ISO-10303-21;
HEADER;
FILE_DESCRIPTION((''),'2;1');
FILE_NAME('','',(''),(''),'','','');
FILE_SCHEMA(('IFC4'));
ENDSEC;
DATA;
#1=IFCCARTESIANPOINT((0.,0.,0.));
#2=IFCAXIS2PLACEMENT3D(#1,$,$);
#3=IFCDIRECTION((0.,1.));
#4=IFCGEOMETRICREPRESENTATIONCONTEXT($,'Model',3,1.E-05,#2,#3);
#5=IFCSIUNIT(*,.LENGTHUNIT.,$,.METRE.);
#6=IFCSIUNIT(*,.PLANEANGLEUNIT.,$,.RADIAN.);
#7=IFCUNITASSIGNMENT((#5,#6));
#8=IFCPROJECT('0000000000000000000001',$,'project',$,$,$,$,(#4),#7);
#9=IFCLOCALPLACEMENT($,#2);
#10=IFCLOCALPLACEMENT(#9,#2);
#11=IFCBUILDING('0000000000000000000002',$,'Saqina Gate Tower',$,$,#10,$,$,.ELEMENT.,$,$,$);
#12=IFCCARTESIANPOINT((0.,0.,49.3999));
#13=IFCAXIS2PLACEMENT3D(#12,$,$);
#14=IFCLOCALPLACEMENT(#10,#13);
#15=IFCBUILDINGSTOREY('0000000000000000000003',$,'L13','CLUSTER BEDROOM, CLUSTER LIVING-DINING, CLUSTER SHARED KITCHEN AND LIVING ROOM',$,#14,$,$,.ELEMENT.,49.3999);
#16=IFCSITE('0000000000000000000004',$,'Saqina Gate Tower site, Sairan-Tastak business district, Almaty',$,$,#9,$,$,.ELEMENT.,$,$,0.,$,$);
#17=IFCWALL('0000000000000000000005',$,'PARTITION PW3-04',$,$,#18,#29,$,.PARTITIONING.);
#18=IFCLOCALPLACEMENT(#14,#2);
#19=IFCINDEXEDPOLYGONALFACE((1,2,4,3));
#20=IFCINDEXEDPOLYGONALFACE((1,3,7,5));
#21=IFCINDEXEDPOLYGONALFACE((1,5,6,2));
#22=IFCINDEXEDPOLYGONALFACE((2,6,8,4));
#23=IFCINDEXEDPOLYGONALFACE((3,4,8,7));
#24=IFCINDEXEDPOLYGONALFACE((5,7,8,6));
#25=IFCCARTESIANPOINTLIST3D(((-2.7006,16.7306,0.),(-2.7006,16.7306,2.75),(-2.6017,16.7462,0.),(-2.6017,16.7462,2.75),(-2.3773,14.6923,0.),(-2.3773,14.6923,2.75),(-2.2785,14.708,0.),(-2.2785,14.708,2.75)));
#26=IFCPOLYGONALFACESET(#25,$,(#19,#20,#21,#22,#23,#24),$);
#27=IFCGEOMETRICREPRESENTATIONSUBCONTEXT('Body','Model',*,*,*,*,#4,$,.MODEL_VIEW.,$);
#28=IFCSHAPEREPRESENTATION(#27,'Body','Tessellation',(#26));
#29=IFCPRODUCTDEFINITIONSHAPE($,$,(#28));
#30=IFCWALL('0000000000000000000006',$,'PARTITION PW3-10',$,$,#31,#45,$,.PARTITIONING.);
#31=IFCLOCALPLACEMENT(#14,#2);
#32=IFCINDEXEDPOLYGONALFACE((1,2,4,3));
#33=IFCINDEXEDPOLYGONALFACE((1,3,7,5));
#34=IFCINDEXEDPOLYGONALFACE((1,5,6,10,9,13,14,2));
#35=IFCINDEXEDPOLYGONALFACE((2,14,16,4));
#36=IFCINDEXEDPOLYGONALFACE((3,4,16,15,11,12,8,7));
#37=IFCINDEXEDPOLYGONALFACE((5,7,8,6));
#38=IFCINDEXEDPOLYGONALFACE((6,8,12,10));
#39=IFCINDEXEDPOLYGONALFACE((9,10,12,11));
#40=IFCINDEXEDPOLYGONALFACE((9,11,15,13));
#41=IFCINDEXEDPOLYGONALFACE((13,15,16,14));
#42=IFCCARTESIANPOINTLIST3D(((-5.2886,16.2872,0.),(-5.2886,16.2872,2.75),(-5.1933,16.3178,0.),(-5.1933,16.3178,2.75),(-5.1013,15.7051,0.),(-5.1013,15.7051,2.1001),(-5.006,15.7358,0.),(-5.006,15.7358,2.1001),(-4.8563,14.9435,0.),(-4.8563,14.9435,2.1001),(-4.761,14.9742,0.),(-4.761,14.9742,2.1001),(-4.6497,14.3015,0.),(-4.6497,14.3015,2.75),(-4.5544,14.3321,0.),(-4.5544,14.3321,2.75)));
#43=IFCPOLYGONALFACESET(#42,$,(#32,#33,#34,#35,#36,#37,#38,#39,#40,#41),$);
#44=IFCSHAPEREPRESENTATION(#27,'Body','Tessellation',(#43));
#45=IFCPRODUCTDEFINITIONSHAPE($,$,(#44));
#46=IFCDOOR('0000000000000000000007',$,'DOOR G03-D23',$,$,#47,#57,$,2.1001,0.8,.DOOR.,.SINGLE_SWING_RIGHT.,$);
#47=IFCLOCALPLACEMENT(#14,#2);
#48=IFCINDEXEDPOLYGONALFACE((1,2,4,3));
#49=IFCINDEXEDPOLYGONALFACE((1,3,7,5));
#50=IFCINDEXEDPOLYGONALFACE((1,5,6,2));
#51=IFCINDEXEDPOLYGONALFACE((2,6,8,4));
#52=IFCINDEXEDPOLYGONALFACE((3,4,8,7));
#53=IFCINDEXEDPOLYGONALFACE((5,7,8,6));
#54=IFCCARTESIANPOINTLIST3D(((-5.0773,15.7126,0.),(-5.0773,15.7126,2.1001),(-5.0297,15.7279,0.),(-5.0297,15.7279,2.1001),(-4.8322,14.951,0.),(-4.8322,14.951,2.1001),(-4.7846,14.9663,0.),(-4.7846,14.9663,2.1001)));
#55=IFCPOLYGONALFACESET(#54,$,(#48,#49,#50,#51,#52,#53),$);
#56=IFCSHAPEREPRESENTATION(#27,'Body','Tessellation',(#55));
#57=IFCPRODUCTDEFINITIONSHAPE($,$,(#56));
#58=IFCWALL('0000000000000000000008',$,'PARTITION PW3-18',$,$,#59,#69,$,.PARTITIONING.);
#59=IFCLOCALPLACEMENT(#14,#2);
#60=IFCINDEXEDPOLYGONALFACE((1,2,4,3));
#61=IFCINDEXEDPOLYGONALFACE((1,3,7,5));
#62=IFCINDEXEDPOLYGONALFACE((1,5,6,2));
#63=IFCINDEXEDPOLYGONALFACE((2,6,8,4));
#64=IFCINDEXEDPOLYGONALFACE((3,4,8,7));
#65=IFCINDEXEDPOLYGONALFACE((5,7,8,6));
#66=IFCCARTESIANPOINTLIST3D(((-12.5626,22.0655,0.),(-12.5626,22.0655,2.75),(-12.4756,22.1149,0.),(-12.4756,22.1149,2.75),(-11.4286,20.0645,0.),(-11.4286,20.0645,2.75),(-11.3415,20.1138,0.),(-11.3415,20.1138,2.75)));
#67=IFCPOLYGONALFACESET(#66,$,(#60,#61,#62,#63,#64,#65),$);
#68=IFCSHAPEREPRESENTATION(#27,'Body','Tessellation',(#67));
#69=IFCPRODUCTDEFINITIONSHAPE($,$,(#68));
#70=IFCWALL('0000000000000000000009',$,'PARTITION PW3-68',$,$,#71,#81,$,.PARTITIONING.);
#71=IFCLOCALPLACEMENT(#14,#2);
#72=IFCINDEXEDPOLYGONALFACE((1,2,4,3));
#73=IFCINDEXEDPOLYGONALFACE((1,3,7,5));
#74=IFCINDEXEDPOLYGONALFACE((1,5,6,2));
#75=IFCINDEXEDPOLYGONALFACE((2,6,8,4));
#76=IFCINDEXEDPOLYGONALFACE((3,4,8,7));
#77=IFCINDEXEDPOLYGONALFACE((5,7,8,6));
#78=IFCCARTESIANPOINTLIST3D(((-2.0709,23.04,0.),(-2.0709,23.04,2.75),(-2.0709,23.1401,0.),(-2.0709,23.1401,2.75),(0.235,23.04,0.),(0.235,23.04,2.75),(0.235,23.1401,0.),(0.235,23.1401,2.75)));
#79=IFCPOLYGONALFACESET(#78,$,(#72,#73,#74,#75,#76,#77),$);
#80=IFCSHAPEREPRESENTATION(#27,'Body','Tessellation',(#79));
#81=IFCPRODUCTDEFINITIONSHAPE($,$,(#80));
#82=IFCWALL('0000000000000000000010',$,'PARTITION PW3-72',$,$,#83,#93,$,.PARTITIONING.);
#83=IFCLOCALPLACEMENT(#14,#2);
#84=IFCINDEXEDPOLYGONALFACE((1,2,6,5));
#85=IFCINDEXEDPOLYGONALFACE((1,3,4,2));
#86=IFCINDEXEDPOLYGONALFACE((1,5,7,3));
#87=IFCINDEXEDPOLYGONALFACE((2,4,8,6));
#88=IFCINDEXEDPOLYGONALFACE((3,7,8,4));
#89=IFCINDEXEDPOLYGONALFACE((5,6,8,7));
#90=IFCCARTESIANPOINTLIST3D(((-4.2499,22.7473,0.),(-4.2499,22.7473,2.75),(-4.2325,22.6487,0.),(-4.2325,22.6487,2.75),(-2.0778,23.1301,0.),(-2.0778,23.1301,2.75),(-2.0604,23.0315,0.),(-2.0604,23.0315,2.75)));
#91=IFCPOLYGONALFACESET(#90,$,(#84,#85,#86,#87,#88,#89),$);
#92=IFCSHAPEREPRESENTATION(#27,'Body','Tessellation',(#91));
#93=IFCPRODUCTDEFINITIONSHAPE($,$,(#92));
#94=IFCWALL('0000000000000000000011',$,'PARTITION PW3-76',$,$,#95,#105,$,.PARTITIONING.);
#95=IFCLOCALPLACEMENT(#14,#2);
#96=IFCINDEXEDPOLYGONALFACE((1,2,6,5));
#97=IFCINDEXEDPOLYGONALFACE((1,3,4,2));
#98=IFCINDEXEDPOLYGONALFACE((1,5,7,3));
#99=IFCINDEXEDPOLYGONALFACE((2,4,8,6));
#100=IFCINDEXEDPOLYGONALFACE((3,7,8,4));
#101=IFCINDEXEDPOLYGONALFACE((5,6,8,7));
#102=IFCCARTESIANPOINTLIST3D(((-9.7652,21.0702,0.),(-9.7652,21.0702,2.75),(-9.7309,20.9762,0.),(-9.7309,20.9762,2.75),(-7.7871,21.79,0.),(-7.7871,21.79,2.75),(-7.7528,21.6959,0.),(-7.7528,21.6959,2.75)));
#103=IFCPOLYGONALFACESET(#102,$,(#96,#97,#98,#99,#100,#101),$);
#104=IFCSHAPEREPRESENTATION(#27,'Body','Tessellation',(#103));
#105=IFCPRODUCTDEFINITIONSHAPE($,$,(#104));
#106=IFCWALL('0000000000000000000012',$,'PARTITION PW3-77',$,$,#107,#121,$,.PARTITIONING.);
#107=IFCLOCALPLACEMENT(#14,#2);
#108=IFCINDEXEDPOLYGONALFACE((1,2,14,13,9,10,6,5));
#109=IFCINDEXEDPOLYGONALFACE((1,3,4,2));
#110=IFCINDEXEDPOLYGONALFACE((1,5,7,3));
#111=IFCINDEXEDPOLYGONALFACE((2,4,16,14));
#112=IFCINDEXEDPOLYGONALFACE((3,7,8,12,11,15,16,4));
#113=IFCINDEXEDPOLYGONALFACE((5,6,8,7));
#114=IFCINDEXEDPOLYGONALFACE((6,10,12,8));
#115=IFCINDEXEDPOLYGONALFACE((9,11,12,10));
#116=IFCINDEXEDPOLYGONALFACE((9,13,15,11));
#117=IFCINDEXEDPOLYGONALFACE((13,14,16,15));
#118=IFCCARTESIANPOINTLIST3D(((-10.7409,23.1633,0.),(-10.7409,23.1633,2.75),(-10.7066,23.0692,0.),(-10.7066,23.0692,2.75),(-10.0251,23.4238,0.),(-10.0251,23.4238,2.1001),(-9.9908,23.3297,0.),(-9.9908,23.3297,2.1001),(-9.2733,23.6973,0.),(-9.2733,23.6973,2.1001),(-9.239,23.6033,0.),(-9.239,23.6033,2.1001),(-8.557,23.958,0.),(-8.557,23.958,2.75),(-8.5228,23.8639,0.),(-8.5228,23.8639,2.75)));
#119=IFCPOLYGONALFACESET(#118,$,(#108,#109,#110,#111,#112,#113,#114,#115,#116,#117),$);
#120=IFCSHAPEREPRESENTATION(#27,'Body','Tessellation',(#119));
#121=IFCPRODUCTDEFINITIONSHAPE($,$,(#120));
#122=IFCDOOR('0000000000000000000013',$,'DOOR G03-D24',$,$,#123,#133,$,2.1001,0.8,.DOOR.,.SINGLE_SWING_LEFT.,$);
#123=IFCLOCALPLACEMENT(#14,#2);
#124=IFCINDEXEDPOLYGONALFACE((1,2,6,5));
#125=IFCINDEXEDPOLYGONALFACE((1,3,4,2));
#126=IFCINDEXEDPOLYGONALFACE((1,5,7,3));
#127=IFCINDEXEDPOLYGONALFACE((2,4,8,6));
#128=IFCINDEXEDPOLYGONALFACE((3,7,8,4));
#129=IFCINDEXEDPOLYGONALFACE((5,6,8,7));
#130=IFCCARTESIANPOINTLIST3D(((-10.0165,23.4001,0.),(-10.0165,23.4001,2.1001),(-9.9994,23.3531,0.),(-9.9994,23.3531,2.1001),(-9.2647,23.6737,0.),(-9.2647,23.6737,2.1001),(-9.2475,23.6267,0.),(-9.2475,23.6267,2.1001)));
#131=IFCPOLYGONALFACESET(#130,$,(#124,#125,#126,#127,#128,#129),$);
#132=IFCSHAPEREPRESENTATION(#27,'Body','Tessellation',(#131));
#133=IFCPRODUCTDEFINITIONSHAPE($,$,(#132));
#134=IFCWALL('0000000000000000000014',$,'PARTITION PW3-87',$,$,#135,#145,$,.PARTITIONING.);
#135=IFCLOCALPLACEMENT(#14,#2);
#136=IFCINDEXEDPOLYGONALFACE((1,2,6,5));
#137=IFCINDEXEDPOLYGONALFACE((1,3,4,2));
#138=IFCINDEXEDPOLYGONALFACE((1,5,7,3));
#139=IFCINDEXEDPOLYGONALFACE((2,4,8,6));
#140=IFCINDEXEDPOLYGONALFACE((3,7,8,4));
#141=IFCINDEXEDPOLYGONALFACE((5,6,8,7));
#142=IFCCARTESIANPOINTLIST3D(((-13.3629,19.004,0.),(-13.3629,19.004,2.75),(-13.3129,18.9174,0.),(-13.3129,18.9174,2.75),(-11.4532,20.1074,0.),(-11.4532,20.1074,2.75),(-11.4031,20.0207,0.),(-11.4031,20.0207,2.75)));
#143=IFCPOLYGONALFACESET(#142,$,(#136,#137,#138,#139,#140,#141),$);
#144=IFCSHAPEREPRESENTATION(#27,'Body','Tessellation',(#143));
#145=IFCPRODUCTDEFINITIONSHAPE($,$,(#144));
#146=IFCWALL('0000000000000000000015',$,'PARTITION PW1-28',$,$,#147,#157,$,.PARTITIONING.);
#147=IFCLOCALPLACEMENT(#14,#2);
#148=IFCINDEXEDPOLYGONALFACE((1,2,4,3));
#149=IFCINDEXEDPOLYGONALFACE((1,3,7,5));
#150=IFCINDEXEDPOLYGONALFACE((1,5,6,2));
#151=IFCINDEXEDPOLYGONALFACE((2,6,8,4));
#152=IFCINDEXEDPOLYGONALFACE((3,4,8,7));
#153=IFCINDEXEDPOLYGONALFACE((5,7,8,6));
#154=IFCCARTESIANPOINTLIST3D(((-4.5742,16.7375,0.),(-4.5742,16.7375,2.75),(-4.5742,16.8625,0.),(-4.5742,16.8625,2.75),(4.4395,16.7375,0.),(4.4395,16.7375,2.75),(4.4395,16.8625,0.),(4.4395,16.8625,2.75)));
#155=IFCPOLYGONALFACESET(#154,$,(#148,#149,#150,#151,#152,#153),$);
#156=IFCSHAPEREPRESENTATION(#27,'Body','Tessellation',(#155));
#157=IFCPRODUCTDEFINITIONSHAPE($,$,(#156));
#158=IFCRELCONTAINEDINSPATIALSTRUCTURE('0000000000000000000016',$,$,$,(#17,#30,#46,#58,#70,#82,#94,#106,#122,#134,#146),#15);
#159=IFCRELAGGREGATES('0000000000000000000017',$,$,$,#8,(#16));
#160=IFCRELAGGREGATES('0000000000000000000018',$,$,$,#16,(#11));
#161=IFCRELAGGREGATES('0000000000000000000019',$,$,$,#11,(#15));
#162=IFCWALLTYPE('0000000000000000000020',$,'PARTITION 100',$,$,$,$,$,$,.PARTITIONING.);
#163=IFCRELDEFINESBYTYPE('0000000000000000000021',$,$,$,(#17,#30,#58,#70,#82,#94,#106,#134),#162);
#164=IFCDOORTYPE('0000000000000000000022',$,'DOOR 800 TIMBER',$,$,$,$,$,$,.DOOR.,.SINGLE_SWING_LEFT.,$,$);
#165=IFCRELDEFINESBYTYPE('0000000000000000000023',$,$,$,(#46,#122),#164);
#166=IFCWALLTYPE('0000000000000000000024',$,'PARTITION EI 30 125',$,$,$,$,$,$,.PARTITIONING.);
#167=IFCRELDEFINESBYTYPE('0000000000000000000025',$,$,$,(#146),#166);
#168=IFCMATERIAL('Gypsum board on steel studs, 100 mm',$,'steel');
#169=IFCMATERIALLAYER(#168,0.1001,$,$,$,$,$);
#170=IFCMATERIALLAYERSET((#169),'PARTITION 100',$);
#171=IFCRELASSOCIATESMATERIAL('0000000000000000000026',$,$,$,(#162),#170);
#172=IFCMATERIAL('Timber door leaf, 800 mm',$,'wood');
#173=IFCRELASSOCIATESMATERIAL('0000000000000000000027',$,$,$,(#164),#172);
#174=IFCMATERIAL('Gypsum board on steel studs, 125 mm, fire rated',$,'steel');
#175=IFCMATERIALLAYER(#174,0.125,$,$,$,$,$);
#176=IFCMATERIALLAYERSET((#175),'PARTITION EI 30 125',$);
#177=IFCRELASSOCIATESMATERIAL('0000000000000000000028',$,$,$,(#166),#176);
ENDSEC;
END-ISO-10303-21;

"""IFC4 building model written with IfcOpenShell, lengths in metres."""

from ifc_helpers import new_model, si_unit, direction, frame, frame_2d, origin, place, context, subcontext, project, spatial, rectangle, extrude, material, layer, layer_set, type_object, element, fill, save


model = new_model("IFC4")

# Units and contexts
model_context = context("Model", 3, precision=1e-05, world=origin(), true_north=direction((0.0, 1.0)))
body_context = subcontext(model_context, "Body", "Model", "MODEL_VIEW")
ifc_project = project(units=[si_unit("LENGTHUNIT", "METRE"), si_unit("PLANEANGLEUNIT", "RADIAN")], contexts=[model_context])

# Site, building, storey
site_placement = place(None, origin())
site = spatial("IfcSite", under=ifc_project, at=site_placement, Name="Saqina Gate Tower site, Sairan-Tastak business district, Almaty", CompositionType="ELEMENT", RefElevation=0.0)
building_placement = place(site_placement, origin())
building = spatial("IfcBuilding", under=site, at=building_placement, Name="Saqina Gate Tower", CompositionType="ELEMENT")
storey_placement = place(building_placement, frame((0.0, 0.0, 49.3999)))
storey = spatial("IfcBuildingStorey", under=building, at=storey_placement, Name="L13", Description="CLUSTER BEDROOM, CLUSTER LIVING-DINING, CLUSTER SHARED KITCHEN AND LIVING ROOM", CompositionType="ELEMENT", Elevation=49.3999)

# Wall
ifc_material_1 = material(Name="Gypsum board on steel studs, 100 mm", Category="steel")
ifc_layer_1 = layer(ifc_material_1, 0.1001)
ifc_layer_set_1 = layer_set([ifc_layer_1], Name="PARTITION 100")
wall_type_1 = type_object("IfcWallType", Name="PARTITION 100", PredefinedType="PARTITIONING", material=ifc_layer_set_1)
wall_1_placement = place(storey_placement, frame((-2.6511, 16.7383, 0.0), z_axis=(0.0, 0.0, 1.0), x_axis=(0.156625, -0.987658, 0.0)))
element("IfcWall", 1, at=wall_1_placement, inside=storey, type_object=wall_type_1, Name="PARTITION PW3-04", PredefinedType="PARTITIONING", context=body_context, shape_type="SweptSolid", body=[
    extrude(rectangle(XDim=2.0637, YDim=0.1001, at=frame_2d((1.0317, 0.0))), origin(), (0.0, 0.0, 1.0), 2.75),
])

# Wall, opening, door
wall_2_placement = place(storey_placement, frame((-5.241, 16.3025, 0.0), z_axis=(0.0, 0.0, 1.0), x_axis=(0.306308, -0.951932, 0.0)))
wall_2 = element("IfcWall", 2, at=wall_2_placement, inside=storey, type_object=wall_type_1, Name="PARTITION PW3-10", PredefinedType="PARTITIONING", context=body_context, shape_type="SweptSolid", body=[
    extrude(rectangle(XDim=2.0859, YDim=0.1001, at=frame_2d((1.043, 0.0))), origin(), (0.0, 0.0, 1.0), 2.75),
])
opening_1_placement = place(wall_2_placement, frame((0.6116, 0.0, 0.0)))
opening_1 = element("IfcOpeningElement", 3, at=opening_1_placement, cuts=wall_2, PredefinedType="OPENING", context=body_context, shape_type="SweptSolid", body=[
    extrude(rectangle(XDim=0.8, YDim=2.1001, at=frame_2d((0.3999, 1.05))), frame((0.0, 0.062, 0.0), z_axis=(0.0, -1.0, 0.0), x_axis=(1.0, 0.0, 0.0)), (0.0, 0.0, 1.0), 0.124),
])
ifc_material_2 = material(Name="Timber door leaf, 800 mm", Category="wood")
door_type_1 = type_object("IfcDoorType", Name="DOOR 800 TIMBER", OperationType="SINGLE_SWING_LEFT", PredefinedType="DOOR", material=ifc_material_2)
door_1_placement = place(opening_1_placement, frame((0.8, 0.0, 0.0), z_axis=(0.0, 0.0, 1.0), x_axis=(-1.0, 0.0, 0.0)))
door_1 = element("IfcDoor", 4, at=door_1_placement, inside=storey, type_object=door_type_1, Name="DOOR G03-D23", OperationType="SINGLE_SWING_RIGHT", OverallHeight=2.1001, OverallWidth=0.8, PredefinedType="DOOR", context=body_context, shape_type="SweptSolid", body=[
    extrude(rectangle(XDim=0.8, YDim=2.1001, at=frame_2d((0.3999, 1.05))), frame((0.0, 0.0249, 0.0), z_axis=(0.0, -1.0, 0.0), x_axis=(1.0, 0.0, 0.0)), (0.0, 0.0, 1.0), 0.05),
])
fill(opening_1, door_1)

# Walls
wall_3_placement = place(storey_placement, frame((-12.519, 22.0901, 0.0), z_axis=(0.0, 0.0, 1.0), x_axis=(0.493061, -0.869995, 0.0)))
element("IfcWall", 5, at=wall_3_placement, inside=storey, type_object=wall_type_1, Name="PARTITION PW3-18", PredefinedType="PARTITIONING", context=body_context, shape_type="SweptSolid", body=[
    extrude(rectangle(XDim=2.3, YDim=0.1001, at=frame_2d((1.1499, 0.0))), origin(), (0.0, 0.0, 1.0), 2.75),
])
wall_4_placement = place(storey_placement, frame((-2.0708, 23.0901, 0.0), z_axis=(0.0, 0.0, 1.0), x_axis=(1.0, 0.0, 0.0)))
element("IfcWall", 6, at=wall_4_placement, inside=storey, type_object=wall_type_1, Name="PARTITION PW3-68", PredefinedType="PARTITIONING", context=body_context, shape_type="SweptSolid", body=[
    extrude(rectangle(XDim=2.3059, YDim=0.1001, at=frame_2d((1.1528, 0.0))), origin(), (0.0, 0.0, 1.0), 2.75),
])
wall_5_placement = place(storey_placement, frame((-4.2412, 22.698, 0.0), z_axis=(0.0, 0.0, 1.0), x_axis=(0.984823, 0.173564, 0.0)))
element("IfcWall", 7, at=wall_5_placement, inside=storey, type_object=wall_type_1, Name="PARTITION PW3-72", PredefinedType="PARTITIONING", context=body_context, shape_type="SweptSolid", body=[
    extrude(rectangle(XDim=2.2056, YDim=0.1001, at=frame_2d((1.1028, 0.0))), origin(), (0.0, 0.0, 1.0), 2.75),
])
wall_6_placement = place(storey_placement, frame((-9.748, 21.0232, 0.0), z_axis=(0.0, 0.0, 1.0), x_axis=(0.939726, 0.341929, 0.0)))
element("IfcWall", 8, at=wall_6_placement, inside=storey, type_object=wall_type_1, Name="PARTITION PW3-76", PredefinedType="PARTITIONING", context=body_context, shape_type="SweptSolid", body=[
    extrude(rectangle(XDim=2.105, YDim=0.1001, at=frame_2d((1.0525, 0.0))), origin(), (0.0, 0.0, 1.0), 2.75),
])

# Wall, opening, door
wall_7_placement = place(storey_placement, frame((-10.7239, 23.1162, 0.0), z_axis=(0.0, 0.0, 1.0), x_axis=(0.939717, 0.341954, 0.0)))
wall_7 = element("IfcWall", 9, at=wall_7_placement, inside=storey, type_object=wall_type_1, Name="PARTITION PW3-77", PredefinedType="PARTITIONING", context=body_context, shape_type="SweptSolid", body=[
    extrude(rectangle(XDim=2.324, YDim=0.1001, at=frame_2d((1.1621, 0.0))), origin(), (0.0, 0.0, 1.0), 2.75),
])
opening_2_placement = place(wall_7_placement, frame((0.762, 0.0, 0.0)))
opening_2 = element("IfcOpeningElement", 10, at=opening_2_placement, cuts=wall_7, PredefinedType="OPENING", context=body_context, shape_type="SweptSolid", body=[
    extrude(rectangle(XDim=0.8, YDim=2.1001, at=frame_2d((0.3999, 1.05))), frame((0.0, 0.062, 0.0), z_axis=(0.0, -1.0, 0.0), x_axis=(1.0, 0.0, 0.0)), (0.0, 0.0, 1.0), 0.124),
])
door_2_placement = place(opening_2_placement, origin())
door_2 = element("IfcDoor", 11, at=door_2_placement, inside=storey, type_object=door_type_1, Name="DOOR G03-D24", OperationType="SINGLE_SWING_LEFT", OverallHeight=2.1001, OverallWidth=0.8, PredefinedType="DOOR", context=body_context, shape_type="SweptSolid", body=[
    extrude(rectangle(XDim=0.8, YDim=2.1001, at=frame_2d((0.3999, 1.05))), frame((0.0, 0.0249, 0.0), z_axis=(0.0, -1.0, 0.0), x_axis=(1.0, 0.0, 0.0)), (0.0, 0.0, 1.0), 0.05),
])
fill(opening_2, door_2)

# Walls
wall_8_placement = place(storey_placement, frame((-13.3379, 18.9607, 0.0), z_axis=(0.0, 0.0, 1.0), x_axis=(0.865883, 0.500246, 0.0)))
element("IfcWall", 12, at=wall_8_placement, inside=storey, type_object=wall_type_1, Name="PARTITION PW3-87", PredefinedType="PARTITIONING", context=body_context, shape_type="SweptSolid", body=[
    extrude(rectangle(XDim=2.2056, YDim=0.1001, at=frame_2d((1.1028, 0.0))), origin(), (0.0, 0.0, 1.0), 2.75),
])
ifc_material_3 = material(Name="Gypsum board on steel studs, 125 mm, fire rated", Category="steel")
ifc_layer_2 = layer(ifc_material_3, 0.125)
ifc_layer_set_2 = layer_set([ifc_layer_2], Name="PARTITION EI 30 125")
wall_type_2 = type_object("IfcWallType", Name="PARTITION EI 30 125", PredefinedType="PARTITIONING", material=ifc_layer_set_2)
wall_9_placement = place(storey_placement, frame((-4.5742, 16.8, 0.0), z_axis=(0.0, 0.0, 1.0), x_axis=(1.0, 0.0, 0.0)))
element("IfcWall", 13, at=wall_9_placement, inside=storey, type_object=wall_type_2, Name="PARTITION PW1-28", PredefinedType="PARTITIONING", context=body_context, shape_type="SweptSolid", body=[
    extrude(rectangle(XDim=9.0137, YDim=0.125, at=frame_2d((4.5068, 0.0))), origin(), (0.0, 0.0, 1.0), 2.75),
])

save(model, "model.ifc")
